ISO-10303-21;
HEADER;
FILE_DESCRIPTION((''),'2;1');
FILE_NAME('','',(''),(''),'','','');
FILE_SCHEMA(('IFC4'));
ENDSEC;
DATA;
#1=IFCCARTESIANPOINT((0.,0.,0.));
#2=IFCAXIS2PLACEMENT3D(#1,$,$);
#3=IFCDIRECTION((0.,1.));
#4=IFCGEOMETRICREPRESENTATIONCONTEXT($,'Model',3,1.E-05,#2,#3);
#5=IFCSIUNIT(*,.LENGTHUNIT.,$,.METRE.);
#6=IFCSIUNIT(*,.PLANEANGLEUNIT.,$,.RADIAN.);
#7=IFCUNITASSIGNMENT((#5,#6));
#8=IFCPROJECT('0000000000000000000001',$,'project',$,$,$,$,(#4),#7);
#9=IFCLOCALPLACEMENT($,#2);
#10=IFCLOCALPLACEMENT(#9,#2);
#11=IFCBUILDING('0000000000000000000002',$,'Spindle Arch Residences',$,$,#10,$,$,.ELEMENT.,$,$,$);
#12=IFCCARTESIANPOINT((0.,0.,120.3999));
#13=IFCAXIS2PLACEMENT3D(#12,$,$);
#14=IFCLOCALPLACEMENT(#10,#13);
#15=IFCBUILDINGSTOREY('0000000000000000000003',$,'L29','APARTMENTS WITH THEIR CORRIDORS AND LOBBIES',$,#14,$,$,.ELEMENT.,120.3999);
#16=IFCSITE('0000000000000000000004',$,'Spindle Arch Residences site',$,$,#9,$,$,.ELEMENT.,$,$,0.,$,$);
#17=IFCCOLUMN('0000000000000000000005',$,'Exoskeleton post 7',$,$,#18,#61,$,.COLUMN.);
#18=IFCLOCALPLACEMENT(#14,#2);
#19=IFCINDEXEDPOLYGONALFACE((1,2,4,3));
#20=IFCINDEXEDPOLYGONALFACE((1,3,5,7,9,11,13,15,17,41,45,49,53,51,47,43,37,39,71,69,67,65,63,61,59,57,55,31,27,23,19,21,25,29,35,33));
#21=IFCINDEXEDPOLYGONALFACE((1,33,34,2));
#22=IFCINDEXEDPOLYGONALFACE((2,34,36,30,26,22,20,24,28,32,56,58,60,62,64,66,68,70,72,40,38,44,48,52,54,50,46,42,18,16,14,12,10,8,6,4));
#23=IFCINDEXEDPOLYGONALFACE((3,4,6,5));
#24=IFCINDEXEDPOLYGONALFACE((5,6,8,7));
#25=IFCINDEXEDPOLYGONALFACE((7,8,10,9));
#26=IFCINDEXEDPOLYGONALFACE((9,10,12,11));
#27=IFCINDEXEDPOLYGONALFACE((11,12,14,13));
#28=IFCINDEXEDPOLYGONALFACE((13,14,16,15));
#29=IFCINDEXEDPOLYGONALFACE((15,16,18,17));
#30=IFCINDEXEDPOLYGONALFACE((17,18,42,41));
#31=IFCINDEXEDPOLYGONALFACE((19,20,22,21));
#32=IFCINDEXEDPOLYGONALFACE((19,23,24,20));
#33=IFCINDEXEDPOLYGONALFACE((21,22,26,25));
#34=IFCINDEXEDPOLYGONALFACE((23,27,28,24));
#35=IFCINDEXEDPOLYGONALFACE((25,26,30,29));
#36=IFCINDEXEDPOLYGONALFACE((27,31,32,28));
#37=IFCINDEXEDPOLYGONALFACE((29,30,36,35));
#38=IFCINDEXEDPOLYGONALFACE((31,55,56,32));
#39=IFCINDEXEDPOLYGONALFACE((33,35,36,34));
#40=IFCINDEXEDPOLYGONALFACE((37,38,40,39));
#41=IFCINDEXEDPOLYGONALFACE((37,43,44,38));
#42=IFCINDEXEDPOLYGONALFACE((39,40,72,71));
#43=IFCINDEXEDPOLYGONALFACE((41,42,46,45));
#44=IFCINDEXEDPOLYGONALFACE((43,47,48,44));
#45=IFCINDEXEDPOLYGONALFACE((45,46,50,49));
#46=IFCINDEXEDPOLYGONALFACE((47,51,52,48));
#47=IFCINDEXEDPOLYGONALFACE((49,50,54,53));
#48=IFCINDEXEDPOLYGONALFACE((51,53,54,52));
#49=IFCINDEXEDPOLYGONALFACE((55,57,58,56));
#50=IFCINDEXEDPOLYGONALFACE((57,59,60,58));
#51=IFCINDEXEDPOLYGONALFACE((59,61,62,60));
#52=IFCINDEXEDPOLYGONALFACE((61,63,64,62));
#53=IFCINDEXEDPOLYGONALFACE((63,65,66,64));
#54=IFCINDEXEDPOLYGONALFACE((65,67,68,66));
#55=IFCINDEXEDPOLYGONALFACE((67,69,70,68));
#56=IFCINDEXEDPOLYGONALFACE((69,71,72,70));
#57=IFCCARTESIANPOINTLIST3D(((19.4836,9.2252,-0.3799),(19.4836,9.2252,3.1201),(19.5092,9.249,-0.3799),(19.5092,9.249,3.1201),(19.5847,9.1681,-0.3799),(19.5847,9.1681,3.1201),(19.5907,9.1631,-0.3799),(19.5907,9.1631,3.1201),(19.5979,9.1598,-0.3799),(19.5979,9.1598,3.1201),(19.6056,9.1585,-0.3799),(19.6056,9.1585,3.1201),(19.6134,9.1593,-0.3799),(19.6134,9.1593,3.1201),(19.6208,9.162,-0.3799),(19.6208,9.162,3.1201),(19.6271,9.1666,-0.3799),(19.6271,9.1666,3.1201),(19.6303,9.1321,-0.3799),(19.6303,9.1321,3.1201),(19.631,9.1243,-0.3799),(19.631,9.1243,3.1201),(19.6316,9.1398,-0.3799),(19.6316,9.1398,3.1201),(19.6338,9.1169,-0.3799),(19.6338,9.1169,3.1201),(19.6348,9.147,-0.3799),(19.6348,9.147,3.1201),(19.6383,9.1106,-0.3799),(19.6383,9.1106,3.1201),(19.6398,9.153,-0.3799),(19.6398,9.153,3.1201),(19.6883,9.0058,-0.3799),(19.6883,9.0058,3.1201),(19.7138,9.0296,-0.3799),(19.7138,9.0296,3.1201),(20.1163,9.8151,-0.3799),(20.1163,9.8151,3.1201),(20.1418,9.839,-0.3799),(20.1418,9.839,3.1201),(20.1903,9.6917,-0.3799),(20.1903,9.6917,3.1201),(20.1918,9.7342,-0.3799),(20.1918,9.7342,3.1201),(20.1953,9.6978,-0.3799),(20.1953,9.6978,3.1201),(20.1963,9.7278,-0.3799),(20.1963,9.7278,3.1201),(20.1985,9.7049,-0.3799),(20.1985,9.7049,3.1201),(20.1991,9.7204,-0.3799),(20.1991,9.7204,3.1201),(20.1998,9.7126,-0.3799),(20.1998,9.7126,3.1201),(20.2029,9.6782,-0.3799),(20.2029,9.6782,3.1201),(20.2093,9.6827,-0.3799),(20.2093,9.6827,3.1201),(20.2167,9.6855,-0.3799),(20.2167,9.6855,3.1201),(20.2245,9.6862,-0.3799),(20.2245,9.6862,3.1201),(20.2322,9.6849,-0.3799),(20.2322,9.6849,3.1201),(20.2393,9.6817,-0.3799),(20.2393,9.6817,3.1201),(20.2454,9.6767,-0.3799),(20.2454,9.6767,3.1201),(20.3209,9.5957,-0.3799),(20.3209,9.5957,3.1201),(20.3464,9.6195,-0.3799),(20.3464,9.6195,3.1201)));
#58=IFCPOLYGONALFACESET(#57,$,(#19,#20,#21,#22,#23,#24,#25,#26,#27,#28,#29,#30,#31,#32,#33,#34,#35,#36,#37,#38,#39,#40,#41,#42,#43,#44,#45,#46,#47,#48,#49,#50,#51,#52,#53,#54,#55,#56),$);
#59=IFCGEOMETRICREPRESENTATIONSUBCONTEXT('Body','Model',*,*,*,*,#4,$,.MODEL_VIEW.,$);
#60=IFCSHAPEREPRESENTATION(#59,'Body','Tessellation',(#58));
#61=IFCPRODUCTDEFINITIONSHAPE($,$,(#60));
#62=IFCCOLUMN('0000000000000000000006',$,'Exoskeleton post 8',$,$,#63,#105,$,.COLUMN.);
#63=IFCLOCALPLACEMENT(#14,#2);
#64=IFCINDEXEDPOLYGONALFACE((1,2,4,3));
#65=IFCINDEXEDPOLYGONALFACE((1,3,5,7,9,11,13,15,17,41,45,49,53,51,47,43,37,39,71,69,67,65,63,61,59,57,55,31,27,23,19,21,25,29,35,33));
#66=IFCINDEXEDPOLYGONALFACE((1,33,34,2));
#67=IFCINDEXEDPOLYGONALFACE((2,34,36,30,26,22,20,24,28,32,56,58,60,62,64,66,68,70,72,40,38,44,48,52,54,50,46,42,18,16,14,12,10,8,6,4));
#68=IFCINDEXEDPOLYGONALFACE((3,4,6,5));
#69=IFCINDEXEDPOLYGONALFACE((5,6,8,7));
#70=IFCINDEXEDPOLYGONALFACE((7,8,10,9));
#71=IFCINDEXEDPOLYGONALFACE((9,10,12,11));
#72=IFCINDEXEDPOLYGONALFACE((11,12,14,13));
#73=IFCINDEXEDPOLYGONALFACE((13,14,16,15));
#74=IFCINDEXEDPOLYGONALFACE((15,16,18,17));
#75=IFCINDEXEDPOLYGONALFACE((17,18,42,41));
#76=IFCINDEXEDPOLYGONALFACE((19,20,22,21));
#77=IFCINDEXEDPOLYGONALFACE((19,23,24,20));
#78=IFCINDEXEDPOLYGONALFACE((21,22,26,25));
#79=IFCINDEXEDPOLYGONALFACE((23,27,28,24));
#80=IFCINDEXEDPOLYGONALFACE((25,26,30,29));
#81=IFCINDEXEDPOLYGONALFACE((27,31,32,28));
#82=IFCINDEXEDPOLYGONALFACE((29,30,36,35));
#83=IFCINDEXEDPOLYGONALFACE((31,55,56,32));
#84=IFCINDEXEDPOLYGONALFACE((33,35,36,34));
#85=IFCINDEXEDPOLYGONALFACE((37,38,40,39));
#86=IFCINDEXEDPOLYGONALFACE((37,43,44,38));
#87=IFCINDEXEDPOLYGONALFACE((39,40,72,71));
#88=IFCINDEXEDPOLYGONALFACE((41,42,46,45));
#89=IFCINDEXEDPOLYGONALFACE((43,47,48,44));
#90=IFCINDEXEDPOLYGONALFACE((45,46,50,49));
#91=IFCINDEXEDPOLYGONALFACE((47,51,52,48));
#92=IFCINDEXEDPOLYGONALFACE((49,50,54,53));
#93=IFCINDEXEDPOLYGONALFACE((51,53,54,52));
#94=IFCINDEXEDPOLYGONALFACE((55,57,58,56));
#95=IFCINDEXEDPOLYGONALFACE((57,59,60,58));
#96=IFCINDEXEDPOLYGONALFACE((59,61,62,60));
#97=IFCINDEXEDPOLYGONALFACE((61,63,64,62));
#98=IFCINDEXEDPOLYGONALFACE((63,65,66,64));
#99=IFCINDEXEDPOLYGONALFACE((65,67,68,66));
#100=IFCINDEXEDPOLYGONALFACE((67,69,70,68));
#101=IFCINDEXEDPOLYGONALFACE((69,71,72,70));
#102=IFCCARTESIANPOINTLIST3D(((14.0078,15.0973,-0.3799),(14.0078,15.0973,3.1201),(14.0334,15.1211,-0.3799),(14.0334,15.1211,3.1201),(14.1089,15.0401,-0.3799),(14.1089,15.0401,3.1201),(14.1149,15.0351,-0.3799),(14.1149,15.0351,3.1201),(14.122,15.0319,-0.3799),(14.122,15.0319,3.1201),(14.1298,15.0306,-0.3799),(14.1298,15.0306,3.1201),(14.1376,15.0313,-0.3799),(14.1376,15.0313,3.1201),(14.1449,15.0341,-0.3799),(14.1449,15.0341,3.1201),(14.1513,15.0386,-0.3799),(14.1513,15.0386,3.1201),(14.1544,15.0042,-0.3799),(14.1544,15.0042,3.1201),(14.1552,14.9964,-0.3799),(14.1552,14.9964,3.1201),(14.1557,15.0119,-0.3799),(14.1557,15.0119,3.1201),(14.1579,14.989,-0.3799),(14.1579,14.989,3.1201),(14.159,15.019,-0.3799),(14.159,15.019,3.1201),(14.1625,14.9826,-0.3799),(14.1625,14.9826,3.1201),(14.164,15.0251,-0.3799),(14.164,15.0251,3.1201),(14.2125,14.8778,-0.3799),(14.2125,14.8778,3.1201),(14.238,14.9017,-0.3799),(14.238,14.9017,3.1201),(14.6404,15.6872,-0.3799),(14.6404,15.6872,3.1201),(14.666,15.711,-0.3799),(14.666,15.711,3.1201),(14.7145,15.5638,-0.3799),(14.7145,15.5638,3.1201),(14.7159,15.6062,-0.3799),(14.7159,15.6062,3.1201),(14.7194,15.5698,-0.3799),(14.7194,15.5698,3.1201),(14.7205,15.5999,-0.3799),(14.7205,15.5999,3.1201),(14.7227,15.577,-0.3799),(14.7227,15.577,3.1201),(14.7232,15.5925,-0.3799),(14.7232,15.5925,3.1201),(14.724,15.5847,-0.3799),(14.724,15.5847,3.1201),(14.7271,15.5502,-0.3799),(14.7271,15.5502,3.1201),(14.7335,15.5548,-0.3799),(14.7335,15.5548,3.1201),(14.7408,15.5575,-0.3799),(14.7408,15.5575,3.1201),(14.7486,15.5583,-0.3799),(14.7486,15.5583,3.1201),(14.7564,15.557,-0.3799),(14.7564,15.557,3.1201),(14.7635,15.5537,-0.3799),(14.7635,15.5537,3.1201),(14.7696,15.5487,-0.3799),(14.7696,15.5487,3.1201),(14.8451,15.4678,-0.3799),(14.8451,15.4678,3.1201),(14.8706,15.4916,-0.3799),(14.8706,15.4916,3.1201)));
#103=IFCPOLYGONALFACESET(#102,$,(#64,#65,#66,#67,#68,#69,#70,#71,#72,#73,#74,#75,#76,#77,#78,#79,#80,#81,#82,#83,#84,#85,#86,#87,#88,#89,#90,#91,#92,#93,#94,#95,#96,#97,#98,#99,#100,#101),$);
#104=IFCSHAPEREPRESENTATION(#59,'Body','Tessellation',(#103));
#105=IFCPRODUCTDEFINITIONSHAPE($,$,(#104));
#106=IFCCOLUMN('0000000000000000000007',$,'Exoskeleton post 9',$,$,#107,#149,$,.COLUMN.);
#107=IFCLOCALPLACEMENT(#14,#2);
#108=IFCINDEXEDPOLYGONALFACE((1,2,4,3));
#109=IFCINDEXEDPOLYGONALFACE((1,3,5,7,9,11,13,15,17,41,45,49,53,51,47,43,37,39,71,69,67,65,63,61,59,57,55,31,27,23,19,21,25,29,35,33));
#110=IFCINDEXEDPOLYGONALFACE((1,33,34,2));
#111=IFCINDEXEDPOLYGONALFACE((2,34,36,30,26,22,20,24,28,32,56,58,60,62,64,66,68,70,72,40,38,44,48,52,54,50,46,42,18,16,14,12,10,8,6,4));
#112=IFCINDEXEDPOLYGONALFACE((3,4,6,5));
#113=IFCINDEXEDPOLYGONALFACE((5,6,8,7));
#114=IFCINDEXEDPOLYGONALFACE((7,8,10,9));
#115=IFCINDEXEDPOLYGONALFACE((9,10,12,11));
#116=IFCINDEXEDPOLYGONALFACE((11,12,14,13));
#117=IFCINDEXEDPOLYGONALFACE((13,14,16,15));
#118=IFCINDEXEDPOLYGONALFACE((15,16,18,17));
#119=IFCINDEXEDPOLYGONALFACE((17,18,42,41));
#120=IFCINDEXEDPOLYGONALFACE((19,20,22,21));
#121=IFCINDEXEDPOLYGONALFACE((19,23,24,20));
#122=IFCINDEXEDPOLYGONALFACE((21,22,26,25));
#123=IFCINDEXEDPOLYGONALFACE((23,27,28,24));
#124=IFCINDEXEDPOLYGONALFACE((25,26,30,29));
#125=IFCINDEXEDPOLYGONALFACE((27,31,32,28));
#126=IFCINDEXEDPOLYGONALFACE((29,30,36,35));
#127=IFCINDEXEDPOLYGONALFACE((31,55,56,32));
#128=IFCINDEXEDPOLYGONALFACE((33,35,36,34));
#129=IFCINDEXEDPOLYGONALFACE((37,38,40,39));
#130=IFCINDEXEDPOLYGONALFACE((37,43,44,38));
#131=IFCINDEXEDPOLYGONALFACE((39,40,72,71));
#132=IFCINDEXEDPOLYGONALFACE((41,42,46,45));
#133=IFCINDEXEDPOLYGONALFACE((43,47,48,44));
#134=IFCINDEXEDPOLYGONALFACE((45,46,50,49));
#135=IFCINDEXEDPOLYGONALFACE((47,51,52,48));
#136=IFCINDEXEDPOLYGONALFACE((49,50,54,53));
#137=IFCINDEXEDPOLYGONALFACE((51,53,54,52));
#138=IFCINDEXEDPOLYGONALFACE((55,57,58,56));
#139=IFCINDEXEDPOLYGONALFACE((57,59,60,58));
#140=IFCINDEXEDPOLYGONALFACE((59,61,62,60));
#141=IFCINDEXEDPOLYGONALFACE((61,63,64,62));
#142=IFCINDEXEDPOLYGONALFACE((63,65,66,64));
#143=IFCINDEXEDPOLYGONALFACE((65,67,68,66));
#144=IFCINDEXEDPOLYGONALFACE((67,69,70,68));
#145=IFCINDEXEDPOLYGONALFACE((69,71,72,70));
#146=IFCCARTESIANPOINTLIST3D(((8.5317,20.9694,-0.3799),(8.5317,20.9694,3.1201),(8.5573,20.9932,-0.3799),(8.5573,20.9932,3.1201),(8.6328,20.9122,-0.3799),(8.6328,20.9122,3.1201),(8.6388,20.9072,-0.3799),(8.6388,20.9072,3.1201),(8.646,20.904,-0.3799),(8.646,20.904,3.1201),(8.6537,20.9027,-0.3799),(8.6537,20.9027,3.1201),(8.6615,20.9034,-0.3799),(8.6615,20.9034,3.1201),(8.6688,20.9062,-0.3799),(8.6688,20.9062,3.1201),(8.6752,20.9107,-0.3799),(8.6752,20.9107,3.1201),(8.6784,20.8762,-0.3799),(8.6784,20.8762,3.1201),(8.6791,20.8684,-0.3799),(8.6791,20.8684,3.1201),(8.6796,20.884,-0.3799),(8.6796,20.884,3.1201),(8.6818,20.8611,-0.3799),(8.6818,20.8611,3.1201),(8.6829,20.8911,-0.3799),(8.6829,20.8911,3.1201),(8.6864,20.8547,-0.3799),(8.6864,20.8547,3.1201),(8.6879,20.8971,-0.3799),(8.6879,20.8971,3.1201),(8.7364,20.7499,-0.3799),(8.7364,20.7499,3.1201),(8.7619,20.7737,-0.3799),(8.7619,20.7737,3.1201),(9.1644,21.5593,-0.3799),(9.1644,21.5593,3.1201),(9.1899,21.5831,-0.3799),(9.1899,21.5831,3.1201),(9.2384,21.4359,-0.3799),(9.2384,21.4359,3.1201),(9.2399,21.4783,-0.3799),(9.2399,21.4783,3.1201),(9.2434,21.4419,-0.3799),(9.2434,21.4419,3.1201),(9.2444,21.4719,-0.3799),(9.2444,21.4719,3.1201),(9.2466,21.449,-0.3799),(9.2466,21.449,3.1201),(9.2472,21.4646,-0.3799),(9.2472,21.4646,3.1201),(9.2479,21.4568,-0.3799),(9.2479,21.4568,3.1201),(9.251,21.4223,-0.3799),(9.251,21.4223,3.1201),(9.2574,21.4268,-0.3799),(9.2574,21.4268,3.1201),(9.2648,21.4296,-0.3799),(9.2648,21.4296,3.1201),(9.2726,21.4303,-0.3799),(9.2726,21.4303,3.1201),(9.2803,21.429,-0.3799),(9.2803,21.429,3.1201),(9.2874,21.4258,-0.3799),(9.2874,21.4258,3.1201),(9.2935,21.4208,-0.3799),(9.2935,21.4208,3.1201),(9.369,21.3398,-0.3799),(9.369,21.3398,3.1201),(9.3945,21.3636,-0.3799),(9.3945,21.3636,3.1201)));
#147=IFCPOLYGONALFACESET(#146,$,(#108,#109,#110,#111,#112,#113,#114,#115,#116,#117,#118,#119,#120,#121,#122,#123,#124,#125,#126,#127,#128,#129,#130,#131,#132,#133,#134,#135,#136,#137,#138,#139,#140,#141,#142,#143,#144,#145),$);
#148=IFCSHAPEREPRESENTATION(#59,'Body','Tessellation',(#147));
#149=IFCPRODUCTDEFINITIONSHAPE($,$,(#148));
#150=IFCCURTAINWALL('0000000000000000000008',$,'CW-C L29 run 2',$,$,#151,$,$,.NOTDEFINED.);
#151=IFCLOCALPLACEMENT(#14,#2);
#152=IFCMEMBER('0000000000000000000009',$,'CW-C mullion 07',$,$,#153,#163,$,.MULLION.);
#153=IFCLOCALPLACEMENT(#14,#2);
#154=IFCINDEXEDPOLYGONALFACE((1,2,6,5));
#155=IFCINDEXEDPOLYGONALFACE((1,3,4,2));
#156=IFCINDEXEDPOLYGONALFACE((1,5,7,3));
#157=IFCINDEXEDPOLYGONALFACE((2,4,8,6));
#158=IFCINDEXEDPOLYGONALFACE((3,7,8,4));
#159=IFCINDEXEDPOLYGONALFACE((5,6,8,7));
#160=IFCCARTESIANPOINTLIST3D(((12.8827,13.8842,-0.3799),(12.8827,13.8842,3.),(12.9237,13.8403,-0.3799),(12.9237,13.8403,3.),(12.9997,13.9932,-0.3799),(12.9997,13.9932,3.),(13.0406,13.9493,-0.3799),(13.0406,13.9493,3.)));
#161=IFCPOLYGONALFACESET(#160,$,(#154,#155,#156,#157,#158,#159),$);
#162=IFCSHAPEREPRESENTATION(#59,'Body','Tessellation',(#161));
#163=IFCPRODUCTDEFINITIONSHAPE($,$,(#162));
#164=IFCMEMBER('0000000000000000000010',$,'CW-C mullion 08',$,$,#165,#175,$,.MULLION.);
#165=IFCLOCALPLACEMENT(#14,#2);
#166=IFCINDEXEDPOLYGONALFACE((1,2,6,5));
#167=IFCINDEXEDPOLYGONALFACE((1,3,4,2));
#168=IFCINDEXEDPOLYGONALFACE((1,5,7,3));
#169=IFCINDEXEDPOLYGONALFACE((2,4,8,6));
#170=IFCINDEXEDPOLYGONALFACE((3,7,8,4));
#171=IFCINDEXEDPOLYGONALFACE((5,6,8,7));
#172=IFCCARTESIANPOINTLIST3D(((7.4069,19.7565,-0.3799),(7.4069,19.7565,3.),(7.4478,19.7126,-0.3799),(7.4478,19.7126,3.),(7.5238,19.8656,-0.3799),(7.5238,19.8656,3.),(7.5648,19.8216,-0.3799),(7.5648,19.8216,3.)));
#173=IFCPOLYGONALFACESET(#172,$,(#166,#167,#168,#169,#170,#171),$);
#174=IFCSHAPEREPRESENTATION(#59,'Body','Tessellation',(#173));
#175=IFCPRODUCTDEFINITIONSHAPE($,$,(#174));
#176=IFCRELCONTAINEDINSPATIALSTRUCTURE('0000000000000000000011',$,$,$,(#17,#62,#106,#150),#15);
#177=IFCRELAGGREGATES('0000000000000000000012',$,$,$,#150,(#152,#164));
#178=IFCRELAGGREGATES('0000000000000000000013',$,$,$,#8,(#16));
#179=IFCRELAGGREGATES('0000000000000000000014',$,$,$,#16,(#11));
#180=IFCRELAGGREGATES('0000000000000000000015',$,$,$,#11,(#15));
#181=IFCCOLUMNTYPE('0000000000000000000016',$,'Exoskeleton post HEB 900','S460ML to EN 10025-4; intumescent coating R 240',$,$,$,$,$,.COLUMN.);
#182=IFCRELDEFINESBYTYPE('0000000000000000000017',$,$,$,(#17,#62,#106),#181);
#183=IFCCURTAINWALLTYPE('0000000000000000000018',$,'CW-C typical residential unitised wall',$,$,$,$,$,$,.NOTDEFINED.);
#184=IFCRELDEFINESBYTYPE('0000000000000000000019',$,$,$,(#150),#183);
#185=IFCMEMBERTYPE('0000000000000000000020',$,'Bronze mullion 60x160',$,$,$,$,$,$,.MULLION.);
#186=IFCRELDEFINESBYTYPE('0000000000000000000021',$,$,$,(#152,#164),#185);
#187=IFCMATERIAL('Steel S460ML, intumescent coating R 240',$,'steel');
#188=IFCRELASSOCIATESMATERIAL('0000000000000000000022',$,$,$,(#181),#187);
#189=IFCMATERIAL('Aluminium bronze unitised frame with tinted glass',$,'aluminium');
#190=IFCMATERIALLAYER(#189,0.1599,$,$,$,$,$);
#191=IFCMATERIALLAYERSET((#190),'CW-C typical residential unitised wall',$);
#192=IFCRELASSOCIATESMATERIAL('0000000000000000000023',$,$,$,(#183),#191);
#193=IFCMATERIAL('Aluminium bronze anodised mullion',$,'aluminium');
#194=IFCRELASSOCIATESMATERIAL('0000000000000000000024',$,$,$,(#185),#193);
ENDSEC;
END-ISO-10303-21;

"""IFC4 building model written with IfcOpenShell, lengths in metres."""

from ifc_helpers import new_model, si_unit, direction, frame, origin, origin_2d, place, context, subcontext, project, spatial, rectangle, i_section, extrude, material, layer, layer_set, material_profile, profile_set, type_object, element, aggregate, save


model = new_model("IFC4")

# Units and contexts
model_context = context("Model", 3, precision=1e-05, world=origin(), true_north=direction((0.0, 1.0)))
body_context = subcontext(model_context, "Body", "Model", "MODEL_VIEW")
ifc_project = project(units=[si_unit("LENGTHUNIT", "METRE"), si_unit("PLANEANGLEUNIT", "RADIAN")], contexts=[model_context])

# Site, building, storey
site_placement = place(None, origin())
site = spatial("IfcSite", under=ifc_project, at=site_placement, Name="Spindle Arch Residences site", CompositionType="ELEMENT", RefElevation=0.0)
building_placement = place(site_placement, origin())
building = spatial("IfcBuilding", under=site, at=building_placement, Name="Spindle Arch Residences", CompositionType="ELEMENT")
storey_placement = place(building_placement, frame((0.0, 0.0, 120.3999)))
storey = spatial("IfcBuildingStorey", under=building, at=storey_placement, Name="L29", Description="APARTMENTS WITH THEIR CORRIDORS AND LOBBIES", CompositionType="ELEMENT", Elevation=120.3999)

# Columns
ifc_material_1 = material(Name="Steel S460ML, intumescent coating R 240", Category="steel")
ifc_material_profile_1 = material_profile(ifc_material_1, i_section(OverallWidth=0.3, OverallDepth=0.8999, WebThickness=0.0186, FlangeThickness=0.0349, FilletRadius=0.03, at=origin_2d()), Name="HEB 900")
ifc_profile_set_1 = profile_set([ifc_material_profile_1], Name="Steel S460ML, intumescent coating R 240")
column_type = type_object("IfcColumnType", Name="Exoskeleton post HEB 900", Description="S460ML to EN 10025-4; intumescent coating R 240", PredefinedType="COLUMN", material=ifc_profile_set_1)
for number, where, z_axis, x_axis, name in (
    (1, (19.915, 9.4224, -0.3799), (0.0, 0.0, 1.0), (0.681998, -0.731354, 0.0), "Exoskeleton post 7"),
    (2, (14.4392, 15.2944, -0.3799), (0.0, 0.0, 1.0), (0.681998, -0.731354, 0.0), "Exoskeleton post 8"),
    (3, (8.9631, 21.1665, -0.3799), (0.0, 0.0, 1.0), (0.681998, -0.731354, 0.0), "Exoskeleton post 9"),
):
    element("IfcColumn", number, at=place(storey_placement, frame(where, z_axis=z_axis, x_axis=x_axis)), inside=storey, type_object=column_type, Name=name, PredefinedType="COLUMN", context=body_context, shape_type="SweptSolid", body=[
        extrude(i_section(OverallWidth=0.3, OverallDepth=0.8999, WebThickness=0.0186, FlangeThickness=0.0349, FilletRadius=0.03, at=origin_2d()), origin(), (0.0, 0.0, 1.0), 3.5),
    ])

# Curtain wall, members
ifc_material_2 = material(Name="Aluminium bronze unitised frame with tinted glass", Category="aluminium")
ifc_layer_1 = layer(ifc_material_2, 0.1599)
ifc_layer_set_1 = layer_set([ifc_layer_1], Name="CW-C typical residential unitised wall")
curtain_wall_type = type_object("IfcCurtainWallType", Name="CW-C typical residential unitised wall", PredefinedType="NOTDEFINED", material=ifc_layer_set_1)
curtain_wall_placement = place(storey_placement, origin())
curtain_wall = element("IfcCurtainWall", 4, at=curtain_wall_placement, inside=storey, type_object=curtain_wall_type, Name="CW-C L29 run 2", PredefinedType="NOTDEFINED")
ifc_material_3 = material(Name="Aluminium bronze anodised mullion", Category="aluminium")
ifc_material_profile_2 = material_profile(ifc_material_3, rectangle(XDim=0.1599, YDim=0.0601, at=origin_2d()), Name="MU 60x160")
ifc_profile_set_2 = profile_set([ifc_material_profile_2], Name="Aluminium bronze anodised mullion")
member_type = type_object("IfcMemberType", Name="Bronze mullion 60x160", PredefinedType="MULLION", material=ifc_profile_set_2)
member_1_placement = place(storey_placement, frame((12.9617, 13.9167, -0.3799), z_axis=(0.0, 0.0, 1.0), x_axis=(-0.731354, -0.681998, 0.0)))
member_1 = element("IfcMember", 5, at=member_1_placement, type_object=member_type, Name="CW-C mullion 07", PredefinedType="MULLION", context=body_context, shape_type="SweptSolid", body=[
    extrude(rectangle(XDim=0.1599, YDim=0.0601, at=origin_2d()), origin(), (0.0, 0.0, 1.0), 3.3799),
])
member_2_placement = place(storey_placement, frame((7.4858, 19.7891, -0.3799), z_axis=(0.0, 0.0, 1.0), x_axis=(-0.731354, -0.681998, 0.0)))
member_2 = element("IfcMember", 6, at=member_2_placement, type_object=member_type, Name="CW-C mullion 08", PredefinedType="MULLION", context=body_context, shape_type="SweptSolid", body=[
    extrude(rectangle(XDim=0.1599, YDim=0.0601, at=origin_2d()), origin(), (0.0, 0.0, 1.0), 3.3799),
])

aggregate(curtain_wall, [member_1, member_2])

save(model, "model.ifc")
